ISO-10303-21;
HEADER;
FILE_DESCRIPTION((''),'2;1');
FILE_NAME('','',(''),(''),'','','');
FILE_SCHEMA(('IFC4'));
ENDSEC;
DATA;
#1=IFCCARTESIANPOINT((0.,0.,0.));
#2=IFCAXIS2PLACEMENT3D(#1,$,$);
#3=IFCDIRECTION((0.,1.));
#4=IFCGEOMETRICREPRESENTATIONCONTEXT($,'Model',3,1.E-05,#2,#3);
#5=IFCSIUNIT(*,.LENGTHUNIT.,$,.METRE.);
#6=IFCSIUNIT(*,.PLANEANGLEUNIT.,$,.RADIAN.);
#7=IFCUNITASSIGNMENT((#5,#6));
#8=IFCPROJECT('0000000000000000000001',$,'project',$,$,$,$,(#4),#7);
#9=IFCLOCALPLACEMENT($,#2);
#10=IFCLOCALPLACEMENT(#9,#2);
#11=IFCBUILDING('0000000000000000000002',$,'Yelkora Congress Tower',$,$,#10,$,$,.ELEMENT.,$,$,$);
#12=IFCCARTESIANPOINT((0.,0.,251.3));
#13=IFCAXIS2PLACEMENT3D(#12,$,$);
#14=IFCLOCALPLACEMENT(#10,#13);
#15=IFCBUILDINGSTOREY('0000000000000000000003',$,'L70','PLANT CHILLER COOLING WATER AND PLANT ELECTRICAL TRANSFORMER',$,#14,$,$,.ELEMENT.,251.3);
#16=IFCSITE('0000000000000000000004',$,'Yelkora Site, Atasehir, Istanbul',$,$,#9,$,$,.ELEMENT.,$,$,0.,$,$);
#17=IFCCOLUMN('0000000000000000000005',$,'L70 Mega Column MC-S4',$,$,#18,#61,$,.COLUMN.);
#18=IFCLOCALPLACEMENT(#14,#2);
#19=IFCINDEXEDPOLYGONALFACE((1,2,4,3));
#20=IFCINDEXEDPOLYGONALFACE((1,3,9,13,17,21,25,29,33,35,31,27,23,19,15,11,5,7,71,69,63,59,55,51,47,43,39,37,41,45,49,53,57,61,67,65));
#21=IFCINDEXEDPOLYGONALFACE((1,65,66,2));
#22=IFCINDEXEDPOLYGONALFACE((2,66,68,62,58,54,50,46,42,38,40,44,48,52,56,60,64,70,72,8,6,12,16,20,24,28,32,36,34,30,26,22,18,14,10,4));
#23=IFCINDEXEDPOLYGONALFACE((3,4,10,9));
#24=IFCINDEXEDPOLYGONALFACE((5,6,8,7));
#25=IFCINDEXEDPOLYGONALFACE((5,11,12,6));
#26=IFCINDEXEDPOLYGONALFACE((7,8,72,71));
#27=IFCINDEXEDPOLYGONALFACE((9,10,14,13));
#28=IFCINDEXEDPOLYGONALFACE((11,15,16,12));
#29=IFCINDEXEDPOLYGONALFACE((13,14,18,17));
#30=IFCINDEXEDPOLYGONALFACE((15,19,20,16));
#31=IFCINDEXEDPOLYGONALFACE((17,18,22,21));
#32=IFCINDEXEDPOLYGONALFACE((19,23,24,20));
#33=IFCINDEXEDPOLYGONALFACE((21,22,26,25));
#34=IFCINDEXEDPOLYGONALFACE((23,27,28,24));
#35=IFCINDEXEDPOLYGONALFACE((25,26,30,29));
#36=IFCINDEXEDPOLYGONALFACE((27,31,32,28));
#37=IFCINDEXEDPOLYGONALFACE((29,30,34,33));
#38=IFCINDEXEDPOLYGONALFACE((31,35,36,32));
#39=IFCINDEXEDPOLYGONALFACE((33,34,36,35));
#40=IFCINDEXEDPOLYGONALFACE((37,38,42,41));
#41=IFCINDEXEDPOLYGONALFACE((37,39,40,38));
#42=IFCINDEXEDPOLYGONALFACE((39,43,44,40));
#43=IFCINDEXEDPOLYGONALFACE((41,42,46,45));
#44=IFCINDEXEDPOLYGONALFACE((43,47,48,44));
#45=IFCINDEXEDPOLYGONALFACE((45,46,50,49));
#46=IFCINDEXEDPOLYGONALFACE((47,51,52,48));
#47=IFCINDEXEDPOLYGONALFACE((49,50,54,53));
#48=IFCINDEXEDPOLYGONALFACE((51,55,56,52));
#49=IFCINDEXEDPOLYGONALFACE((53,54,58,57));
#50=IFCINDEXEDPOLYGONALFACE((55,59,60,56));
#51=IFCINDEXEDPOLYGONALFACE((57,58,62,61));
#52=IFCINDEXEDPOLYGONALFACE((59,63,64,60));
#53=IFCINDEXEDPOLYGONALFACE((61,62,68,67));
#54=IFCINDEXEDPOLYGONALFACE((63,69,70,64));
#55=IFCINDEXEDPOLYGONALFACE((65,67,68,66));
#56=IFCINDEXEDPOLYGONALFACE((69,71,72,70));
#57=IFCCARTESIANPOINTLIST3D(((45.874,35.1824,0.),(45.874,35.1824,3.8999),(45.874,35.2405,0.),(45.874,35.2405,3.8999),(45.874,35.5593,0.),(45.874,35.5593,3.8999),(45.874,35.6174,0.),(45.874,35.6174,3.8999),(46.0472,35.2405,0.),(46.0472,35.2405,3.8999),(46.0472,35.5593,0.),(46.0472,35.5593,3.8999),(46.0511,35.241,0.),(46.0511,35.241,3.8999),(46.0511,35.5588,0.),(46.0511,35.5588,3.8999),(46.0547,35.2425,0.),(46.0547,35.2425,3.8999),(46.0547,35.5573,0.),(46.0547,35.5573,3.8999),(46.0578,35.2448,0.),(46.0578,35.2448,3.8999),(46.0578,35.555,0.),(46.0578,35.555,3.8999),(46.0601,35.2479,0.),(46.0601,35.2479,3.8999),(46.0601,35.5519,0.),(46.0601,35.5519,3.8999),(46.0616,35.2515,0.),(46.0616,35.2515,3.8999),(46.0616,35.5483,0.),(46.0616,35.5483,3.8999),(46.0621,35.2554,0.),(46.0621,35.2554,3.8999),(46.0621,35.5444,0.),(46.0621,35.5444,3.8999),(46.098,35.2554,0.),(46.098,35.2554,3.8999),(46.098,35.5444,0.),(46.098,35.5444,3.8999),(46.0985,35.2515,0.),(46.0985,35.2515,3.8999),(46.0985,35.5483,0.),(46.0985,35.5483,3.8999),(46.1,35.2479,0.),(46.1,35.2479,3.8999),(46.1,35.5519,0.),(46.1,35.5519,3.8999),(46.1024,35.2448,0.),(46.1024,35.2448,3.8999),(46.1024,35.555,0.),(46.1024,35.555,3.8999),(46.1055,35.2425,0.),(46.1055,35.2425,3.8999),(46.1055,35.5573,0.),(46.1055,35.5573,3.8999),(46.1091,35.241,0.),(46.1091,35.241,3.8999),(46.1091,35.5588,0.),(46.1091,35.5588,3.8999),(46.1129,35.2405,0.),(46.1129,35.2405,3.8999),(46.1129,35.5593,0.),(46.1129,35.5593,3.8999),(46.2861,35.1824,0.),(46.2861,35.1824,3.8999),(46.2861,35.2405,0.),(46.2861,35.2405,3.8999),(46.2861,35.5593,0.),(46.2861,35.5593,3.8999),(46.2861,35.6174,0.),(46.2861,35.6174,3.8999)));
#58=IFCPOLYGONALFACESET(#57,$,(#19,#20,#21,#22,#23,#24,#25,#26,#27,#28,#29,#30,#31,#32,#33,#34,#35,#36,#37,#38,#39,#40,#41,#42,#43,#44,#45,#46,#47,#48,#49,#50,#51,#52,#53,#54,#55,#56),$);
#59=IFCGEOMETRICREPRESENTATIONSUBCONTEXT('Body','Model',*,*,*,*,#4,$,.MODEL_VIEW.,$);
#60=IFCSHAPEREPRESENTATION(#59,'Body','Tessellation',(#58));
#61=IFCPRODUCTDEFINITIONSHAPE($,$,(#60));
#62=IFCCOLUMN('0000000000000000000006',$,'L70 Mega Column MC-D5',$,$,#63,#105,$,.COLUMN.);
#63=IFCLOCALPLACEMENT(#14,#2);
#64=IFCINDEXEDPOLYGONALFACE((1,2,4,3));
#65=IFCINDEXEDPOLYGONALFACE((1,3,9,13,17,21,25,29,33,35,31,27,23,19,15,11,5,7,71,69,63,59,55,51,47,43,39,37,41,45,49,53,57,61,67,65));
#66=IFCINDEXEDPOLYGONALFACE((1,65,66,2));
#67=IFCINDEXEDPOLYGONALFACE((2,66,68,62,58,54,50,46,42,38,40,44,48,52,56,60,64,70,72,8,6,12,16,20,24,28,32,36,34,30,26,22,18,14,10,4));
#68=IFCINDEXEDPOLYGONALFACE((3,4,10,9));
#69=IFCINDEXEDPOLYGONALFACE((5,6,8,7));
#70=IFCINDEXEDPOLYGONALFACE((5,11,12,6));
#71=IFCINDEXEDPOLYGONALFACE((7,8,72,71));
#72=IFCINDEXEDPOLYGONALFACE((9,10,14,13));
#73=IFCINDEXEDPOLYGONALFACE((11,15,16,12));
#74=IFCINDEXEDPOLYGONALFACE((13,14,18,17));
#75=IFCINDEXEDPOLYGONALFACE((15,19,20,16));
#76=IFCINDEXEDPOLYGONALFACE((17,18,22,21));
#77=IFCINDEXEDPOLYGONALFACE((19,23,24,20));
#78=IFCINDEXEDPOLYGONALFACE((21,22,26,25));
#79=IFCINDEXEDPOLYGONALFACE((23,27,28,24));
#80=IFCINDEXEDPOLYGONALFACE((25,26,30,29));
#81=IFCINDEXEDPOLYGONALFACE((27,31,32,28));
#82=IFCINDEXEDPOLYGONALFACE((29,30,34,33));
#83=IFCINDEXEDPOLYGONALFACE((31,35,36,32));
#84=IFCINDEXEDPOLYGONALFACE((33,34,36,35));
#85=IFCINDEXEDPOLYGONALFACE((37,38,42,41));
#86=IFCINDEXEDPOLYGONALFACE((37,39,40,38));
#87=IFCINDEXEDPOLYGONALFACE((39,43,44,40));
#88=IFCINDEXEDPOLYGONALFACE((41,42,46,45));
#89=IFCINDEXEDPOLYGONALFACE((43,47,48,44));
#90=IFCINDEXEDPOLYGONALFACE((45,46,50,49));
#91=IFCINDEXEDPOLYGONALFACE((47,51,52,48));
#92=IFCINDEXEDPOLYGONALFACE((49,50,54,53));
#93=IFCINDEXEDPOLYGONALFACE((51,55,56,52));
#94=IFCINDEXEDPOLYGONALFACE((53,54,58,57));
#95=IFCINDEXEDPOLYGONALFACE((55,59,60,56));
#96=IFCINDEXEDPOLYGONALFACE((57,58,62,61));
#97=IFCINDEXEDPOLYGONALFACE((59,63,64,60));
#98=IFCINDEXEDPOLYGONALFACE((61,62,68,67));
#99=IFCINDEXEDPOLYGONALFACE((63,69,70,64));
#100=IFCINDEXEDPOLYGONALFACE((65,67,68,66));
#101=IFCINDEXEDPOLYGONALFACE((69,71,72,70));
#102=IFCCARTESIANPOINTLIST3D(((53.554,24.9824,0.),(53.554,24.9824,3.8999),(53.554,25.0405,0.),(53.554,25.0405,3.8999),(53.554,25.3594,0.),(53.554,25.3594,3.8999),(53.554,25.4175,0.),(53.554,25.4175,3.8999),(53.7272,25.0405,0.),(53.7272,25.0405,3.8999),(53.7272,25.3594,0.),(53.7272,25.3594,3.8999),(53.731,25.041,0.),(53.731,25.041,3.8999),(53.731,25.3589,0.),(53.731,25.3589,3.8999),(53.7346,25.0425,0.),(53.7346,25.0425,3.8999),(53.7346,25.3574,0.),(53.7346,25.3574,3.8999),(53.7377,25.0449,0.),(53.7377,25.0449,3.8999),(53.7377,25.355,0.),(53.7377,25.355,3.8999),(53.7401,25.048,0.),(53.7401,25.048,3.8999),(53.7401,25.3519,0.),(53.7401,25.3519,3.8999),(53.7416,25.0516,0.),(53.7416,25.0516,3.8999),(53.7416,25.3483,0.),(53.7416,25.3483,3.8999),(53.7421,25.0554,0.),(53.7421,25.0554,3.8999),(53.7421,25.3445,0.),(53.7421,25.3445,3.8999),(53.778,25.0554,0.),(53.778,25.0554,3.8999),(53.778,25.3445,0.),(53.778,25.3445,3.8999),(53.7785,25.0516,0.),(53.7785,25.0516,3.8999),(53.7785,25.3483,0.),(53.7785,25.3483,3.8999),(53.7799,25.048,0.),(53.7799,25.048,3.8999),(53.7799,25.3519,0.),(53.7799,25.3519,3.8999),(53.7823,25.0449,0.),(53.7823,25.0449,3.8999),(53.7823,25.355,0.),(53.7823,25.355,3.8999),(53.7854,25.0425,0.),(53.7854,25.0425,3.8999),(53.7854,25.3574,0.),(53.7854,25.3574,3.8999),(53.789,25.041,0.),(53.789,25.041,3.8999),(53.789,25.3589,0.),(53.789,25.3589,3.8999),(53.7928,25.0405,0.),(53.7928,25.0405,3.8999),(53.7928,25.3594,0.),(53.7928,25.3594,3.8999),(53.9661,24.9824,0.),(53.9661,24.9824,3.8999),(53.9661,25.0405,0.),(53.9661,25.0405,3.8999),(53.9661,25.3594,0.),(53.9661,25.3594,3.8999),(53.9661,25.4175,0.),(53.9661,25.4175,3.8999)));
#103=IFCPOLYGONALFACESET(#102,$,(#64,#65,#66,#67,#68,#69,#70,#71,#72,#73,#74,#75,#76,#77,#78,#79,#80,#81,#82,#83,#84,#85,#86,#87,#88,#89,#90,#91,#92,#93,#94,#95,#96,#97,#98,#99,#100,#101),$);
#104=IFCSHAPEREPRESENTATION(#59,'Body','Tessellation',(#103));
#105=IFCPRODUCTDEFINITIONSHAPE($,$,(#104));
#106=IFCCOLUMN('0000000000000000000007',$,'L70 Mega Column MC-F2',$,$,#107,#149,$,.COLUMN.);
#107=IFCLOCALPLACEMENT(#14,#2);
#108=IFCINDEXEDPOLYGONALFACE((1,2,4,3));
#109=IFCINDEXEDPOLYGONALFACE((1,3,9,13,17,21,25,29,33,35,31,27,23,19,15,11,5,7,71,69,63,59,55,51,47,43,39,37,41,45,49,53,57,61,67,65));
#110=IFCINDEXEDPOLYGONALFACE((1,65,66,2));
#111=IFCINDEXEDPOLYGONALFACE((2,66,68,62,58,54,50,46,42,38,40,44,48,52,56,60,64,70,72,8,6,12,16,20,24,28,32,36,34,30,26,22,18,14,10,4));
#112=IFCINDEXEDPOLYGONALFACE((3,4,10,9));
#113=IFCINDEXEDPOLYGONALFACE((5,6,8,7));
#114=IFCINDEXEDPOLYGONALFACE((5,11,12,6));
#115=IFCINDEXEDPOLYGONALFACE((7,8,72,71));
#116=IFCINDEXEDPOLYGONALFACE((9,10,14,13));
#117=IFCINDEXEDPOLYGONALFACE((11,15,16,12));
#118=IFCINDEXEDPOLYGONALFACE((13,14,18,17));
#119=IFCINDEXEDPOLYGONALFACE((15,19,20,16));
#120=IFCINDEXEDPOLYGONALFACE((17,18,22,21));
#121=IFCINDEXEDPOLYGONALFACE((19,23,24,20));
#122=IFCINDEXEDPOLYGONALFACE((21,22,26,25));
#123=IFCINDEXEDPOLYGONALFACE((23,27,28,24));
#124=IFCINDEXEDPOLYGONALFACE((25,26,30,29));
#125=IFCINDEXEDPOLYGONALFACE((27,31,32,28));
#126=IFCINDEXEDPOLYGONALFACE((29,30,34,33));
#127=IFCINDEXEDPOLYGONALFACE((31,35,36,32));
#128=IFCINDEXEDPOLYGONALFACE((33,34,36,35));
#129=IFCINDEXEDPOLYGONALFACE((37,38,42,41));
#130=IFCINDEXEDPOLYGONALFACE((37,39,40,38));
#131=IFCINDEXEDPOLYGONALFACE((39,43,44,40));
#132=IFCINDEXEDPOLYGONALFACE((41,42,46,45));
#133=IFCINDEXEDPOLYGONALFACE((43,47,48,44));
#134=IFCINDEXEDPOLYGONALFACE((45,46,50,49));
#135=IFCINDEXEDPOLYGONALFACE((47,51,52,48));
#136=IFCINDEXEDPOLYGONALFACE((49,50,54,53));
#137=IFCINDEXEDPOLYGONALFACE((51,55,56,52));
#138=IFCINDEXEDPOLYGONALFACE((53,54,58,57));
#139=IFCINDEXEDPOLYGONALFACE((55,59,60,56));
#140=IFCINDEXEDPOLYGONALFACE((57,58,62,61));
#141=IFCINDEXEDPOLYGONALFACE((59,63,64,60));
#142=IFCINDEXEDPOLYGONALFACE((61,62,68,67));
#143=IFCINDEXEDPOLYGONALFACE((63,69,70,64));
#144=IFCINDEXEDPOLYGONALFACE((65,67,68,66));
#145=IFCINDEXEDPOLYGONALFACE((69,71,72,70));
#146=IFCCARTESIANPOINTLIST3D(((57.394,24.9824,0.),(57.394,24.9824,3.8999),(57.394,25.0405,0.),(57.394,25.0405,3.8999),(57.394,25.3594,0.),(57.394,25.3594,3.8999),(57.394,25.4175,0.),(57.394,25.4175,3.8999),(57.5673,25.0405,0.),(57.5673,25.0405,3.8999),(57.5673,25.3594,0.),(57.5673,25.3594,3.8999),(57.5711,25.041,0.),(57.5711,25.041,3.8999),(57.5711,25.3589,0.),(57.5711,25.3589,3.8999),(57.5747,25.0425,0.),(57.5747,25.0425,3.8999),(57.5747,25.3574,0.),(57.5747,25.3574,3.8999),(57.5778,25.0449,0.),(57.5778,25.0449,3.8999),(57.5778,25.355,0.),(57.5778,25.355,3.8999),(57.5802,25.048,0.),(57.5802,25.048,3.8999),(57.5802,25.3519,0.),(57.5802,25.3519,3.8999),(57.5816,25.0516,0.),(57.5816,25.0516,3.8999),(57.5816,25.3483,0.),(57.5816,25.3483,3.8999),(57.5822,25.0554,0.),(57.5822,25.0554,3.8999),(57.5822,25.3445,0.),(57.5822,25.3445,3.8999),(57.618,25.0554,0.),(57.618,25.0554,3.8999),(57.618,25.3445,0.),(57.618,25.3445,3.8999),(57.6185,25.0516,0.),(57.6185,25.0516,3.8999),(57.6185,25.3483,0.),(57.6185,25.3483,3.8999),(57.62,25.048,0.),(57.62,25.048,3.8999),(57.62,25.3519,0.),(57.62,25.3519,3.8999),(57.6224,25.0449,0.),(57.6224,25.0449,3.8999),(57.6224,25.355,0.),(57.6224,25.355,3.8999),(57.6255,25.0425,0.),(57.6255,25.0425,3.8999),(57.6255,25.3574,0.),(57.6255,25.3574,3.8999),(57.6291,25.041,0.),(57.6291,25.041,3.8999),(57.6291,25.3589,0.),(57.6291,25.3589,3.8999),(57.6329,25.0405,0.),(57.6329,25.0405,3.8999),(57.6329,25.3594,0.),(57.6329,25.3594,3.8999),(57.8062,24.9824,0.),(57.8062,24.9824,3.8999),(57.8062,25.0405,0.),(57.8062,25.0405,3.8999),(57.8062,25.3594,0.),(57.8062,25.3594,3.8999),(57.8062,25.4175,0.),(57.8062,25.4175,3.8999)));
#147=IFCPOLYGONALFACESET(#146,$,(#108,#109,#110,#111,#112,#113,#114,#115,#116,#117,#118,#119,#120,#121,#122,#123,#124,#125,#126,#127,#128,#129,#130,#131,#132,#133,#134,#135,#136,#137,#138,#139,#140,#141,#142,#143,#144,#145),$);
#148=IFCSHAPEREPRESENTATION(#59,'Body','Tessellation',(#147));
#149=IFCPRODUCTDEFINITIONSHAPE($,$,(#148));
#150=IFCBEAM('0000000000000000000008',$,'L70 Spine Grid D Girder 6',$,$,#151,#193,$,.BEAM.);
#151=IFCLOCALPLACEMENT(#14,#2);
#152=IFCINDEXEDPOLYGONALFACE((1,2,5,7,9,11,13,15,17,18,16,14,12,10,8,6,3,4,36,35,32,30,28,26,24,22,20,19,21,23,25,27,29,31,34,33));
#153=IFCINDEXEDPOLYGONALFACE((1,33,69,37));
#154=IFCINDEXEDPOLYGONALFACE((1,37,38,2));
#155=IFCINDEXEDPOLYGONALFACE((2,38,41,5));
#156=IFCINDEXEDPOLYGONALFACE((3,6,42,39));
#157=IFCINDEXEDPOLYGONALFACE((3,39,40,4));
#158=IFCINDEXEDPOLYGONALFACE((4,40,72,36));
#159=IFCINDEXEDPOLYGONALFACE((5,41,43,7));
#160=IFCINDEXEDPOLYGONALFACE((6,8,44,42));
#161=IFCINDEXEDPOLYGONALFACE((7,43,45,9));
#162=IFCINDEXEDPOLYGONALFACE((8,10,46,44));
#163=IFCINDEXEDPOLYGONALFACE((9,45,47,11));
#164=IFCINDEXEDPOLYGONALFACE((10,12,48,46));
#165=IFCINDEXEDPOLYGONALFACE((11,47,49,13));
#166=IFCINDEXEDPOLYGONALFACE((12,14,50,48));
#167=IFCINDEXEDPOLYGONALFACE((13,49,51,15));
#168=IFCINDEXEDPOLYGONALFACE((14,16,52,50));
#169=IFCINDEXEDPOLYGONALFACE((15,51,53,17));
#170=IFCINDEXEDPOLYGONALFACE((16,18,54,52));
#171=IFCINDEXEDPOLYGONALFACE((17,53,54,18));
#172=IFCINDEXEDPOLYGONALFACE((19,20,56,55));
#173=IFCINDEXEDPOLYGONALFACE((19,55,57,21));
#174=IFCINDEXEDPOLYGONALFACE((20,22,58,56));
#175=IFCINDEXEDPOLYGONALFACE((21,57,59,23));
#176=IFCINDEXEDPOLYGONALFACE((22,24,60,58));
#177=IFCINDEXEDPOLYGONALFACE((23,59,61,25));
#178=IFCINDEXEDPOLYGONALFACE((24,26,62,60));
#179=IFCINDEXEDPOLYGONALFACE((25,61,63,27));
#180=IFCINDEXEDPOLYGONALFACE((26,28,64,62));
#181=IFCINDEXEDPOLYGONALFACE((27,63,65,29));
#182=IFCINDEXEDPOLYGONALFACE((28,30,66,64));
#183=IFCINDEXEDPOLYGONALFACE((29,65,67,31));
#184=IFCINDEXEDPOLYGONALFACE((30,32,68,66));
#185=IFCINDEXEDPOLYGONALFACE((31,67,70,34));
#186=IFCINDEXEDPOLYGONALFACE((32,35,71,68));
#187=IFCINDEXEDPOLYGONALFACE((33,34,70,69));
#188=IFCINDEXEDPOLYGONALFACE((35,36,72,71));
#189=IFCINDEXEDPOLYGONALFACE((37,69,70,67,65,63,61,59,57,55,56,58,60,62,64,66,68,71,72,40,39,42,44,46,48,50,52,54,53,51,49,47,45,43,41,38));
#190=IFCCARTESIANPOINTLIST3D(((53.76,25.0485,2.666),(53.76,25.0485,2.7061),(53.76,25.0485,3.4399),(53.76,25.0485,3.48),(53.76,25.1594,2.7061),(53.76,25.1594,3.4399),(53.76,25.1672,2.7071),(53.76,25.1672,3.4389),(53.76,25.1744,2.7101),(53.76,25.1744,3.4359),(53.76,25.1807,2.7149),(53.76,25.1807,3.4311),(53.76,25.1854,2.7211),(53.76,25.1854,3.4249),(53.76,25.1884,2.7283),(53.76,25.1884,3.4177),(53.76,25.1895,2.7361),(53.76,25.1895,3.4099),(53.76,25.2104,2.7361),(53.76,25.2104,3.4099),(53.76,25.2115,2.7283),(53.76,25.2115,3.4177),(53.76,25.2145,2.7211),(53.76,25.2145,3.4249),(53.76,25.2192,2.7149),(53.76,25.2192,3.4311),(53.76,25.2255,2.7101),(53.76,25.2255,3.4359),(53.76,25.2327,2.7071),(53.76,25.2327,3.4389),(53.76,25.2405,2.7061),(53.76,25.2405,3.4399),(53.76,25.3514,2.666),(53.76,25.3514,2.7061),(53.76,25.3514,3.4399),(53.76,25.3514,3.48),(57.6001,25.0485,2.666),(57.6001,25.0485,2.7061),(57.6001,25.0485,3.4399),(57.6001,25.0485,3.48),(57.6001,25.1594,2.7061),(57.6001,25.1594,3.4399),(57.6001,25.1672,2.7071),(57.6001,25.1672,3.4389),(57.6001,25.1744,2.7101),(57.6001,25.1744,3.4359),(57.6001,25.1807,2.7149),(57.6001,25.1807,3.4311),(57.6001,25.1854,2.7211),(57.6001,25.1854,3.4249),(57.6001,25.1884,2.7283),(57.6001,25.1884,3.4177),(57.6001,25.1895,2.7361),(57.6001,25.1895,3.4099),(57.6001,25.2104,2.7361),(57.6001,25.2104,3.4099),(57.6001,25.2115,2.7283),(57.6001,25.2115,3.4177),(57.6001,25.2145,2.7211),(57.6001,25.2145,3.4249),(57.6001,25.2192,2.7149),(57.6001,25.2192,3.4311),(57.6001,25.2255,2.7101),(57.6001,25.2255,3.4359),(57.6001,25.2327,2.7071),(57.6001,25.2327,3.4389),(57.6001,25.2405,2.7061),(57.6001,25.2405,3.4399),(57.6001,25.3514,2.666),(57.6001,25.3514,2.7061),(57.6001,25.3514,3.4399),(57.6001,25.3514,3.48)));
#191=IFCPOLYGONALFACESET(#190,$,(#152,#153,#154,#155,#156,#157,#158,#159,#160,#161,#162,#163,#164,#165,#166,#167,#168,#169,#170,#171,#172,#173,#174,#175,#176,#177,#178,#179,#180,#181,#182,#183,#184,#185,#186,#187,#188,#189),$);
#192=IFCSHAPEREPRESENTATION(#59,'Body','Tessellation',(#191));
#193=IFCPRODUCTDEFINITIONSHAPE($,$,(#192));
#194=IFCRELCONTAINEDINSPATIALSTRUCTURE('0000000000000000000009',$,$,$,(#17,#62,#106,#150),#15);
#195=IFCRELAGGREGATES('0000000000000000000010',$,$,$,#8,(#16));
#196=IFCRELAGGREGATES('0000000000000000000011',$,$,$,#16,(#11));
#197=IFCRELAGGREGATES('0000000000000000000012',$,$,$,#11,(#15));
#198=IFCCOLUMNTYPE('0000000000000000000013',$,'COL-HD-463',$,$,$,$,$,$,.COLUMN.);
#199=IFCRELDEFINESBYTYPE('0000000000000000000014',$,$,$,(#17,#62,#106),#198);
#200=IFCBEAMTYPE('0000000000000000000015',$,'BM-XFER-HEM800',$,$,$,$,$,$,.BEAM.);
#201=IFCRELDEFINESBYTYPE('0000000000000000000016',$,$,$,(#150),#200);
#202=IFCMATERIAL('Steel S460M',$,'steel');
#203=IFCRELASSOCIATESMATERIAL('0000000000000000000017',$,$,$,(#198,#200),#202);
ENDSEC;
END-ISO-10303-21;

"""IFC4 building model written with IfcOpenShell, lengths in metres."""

from ifc_helpers import new_model, si_unit, direction, frame, origin, origin_2d, place, context, subcontext, project, spatial, i_section, extrude, material, material_profile, profile_set, type_object, element, save


model = new_model("IFC4")

# Units and contexts
model_context = context("Model", 3, precision=1e-05, world=origin(), true_north=direction((0.0, 1.0)))
body_context = subcontext(model_context, "Body", "Model", "MODEL_VIEW")
ifc_project = project(units=[si_unit("LENGTHUNIT", "METRE"), si_unit("PLANEANGLEUNIT", "RADIAN")], contexts=[model_context])

# Site, building, storey
site_placement = place(None, origin())
site = spatial("IfcSite", under=ifc_project, at=site_placement, Name="Yelkora Site, Atasehir, Istanbul", CompositionType="ELEMENT", RefElevation=0.0)
building_placement = place(site_placement, origin())
building = spatial("IfcBuilding", under=site, at=building_placement, Name="Yelkora Congress Tower", CompositionType="ELEMENT")
storey_placement = place(building_placement, frame((0.0, 0.0, 251.3)))
storey = spatial("IfcBuildingStorey", under=building, at=storey_placement, Name="L70", Description="PLANT CHILLER COOLING WATER AND PLANT ELECTRICAL TRANSFORMER", CompositionType="ELEMENT", Elevation=251.3)

# Columns
ifc_material_1 = material(Name="Steel S460M", Category="steel")
ifc_material_profile_1 = material_profile(ifc_material_1, i_section(OverallWidth=0.4121, OverallDepth=0.4351, WebThickness=0.0359, FlangeThickness=0.0581, FilletRadius=0.0149, at=origin_2d()), Name="HD 400x463")
ifc_profile_set_1 = profile_set([ifc_material_profile_1], Name="Steel S460M")
column_type = type_object("IfcColumnType", Name="COL-HD-463", PredefinedType="COLUMN", material=ifc_profile_set_1)
for number, where, z_axis, x_axis, name in (
    (1, (46.0801, 35.3999, 0.0), (0.0, 0.0, 1.0), (1.0, 0.0, 0.0), "L70 Mega Column MC-S4"),
    (2, (53.76, 25.2, 0.0), (0.0, 0.0, 1.0), (1.0, 0.0, 0.0), "L70 Mega Column MC-D5"),
    (3, (57.6001, 25.2, 0.0), (0.0, 0.0, 1.0), (1.0, 0.0, 0.0), "L70 Mega Column MC-F2"),
):
    element("IfcColumn", number, at=place(storey_placement, frame(where, z_axis=z_axis, x_axis=x_axis)), inside=storey, type_object=column_type, Name=name, PredefinedType="COLUMN", context=body_context, shape_type="SweptSolid", body=[
        extrude(i_section(OverallWidth=0.4121, OverallDepth=0.4351, WebThickness=0.0359, FlangeThickness=0.0581, FilletRadius=0.0149, at=origin_2d()), origin(), (0.0, 0.0, 1.0), 3.8999),
    ])

# Beam
ifc_material_profile_2 = material_profile(ifc_material_1, i_section(OverallWidth=0.303, OverallDepth=0.814, WebThickness=0.021, FlangeThickness=0.04, FilletRadius=0.03, at=origin_2d()), Name="HEM 800")
ifc_profile_set_2 = profile_set([ifc_material_profile_2], Name="Steel S460M")
beam_type = type_object("IfcBeamType", Name="BM-XFER-HEM800", PredefinedType="BEAM", material=ifc_profile_set_2)
beam_1_placement = place(storey_placement, frame((53.76, 25.2, 3.073), z_axis=(1.0, 0.0, 0.0), x_axis=(0.0, 1.0, 0.0)))
element("IfcBeam", 4, at=beam_1_placement, inside=storey, type_object=beam_type, Name="L70 Spine Grid D Girder 6", PredefinedType="BEAM", context=body_context, shape_type="SweptSolid", body=[
    extrude(i_section(OverallWidth=0.303, OverallDepth=0.814, WebThickness=0.021, FlangeThickness=0.04, FilletRadius=0.03, at=origin_2d()), origin(), (0.0, 0.0, 1.0), 3.8401),
])

save(model, "model.ifc")
